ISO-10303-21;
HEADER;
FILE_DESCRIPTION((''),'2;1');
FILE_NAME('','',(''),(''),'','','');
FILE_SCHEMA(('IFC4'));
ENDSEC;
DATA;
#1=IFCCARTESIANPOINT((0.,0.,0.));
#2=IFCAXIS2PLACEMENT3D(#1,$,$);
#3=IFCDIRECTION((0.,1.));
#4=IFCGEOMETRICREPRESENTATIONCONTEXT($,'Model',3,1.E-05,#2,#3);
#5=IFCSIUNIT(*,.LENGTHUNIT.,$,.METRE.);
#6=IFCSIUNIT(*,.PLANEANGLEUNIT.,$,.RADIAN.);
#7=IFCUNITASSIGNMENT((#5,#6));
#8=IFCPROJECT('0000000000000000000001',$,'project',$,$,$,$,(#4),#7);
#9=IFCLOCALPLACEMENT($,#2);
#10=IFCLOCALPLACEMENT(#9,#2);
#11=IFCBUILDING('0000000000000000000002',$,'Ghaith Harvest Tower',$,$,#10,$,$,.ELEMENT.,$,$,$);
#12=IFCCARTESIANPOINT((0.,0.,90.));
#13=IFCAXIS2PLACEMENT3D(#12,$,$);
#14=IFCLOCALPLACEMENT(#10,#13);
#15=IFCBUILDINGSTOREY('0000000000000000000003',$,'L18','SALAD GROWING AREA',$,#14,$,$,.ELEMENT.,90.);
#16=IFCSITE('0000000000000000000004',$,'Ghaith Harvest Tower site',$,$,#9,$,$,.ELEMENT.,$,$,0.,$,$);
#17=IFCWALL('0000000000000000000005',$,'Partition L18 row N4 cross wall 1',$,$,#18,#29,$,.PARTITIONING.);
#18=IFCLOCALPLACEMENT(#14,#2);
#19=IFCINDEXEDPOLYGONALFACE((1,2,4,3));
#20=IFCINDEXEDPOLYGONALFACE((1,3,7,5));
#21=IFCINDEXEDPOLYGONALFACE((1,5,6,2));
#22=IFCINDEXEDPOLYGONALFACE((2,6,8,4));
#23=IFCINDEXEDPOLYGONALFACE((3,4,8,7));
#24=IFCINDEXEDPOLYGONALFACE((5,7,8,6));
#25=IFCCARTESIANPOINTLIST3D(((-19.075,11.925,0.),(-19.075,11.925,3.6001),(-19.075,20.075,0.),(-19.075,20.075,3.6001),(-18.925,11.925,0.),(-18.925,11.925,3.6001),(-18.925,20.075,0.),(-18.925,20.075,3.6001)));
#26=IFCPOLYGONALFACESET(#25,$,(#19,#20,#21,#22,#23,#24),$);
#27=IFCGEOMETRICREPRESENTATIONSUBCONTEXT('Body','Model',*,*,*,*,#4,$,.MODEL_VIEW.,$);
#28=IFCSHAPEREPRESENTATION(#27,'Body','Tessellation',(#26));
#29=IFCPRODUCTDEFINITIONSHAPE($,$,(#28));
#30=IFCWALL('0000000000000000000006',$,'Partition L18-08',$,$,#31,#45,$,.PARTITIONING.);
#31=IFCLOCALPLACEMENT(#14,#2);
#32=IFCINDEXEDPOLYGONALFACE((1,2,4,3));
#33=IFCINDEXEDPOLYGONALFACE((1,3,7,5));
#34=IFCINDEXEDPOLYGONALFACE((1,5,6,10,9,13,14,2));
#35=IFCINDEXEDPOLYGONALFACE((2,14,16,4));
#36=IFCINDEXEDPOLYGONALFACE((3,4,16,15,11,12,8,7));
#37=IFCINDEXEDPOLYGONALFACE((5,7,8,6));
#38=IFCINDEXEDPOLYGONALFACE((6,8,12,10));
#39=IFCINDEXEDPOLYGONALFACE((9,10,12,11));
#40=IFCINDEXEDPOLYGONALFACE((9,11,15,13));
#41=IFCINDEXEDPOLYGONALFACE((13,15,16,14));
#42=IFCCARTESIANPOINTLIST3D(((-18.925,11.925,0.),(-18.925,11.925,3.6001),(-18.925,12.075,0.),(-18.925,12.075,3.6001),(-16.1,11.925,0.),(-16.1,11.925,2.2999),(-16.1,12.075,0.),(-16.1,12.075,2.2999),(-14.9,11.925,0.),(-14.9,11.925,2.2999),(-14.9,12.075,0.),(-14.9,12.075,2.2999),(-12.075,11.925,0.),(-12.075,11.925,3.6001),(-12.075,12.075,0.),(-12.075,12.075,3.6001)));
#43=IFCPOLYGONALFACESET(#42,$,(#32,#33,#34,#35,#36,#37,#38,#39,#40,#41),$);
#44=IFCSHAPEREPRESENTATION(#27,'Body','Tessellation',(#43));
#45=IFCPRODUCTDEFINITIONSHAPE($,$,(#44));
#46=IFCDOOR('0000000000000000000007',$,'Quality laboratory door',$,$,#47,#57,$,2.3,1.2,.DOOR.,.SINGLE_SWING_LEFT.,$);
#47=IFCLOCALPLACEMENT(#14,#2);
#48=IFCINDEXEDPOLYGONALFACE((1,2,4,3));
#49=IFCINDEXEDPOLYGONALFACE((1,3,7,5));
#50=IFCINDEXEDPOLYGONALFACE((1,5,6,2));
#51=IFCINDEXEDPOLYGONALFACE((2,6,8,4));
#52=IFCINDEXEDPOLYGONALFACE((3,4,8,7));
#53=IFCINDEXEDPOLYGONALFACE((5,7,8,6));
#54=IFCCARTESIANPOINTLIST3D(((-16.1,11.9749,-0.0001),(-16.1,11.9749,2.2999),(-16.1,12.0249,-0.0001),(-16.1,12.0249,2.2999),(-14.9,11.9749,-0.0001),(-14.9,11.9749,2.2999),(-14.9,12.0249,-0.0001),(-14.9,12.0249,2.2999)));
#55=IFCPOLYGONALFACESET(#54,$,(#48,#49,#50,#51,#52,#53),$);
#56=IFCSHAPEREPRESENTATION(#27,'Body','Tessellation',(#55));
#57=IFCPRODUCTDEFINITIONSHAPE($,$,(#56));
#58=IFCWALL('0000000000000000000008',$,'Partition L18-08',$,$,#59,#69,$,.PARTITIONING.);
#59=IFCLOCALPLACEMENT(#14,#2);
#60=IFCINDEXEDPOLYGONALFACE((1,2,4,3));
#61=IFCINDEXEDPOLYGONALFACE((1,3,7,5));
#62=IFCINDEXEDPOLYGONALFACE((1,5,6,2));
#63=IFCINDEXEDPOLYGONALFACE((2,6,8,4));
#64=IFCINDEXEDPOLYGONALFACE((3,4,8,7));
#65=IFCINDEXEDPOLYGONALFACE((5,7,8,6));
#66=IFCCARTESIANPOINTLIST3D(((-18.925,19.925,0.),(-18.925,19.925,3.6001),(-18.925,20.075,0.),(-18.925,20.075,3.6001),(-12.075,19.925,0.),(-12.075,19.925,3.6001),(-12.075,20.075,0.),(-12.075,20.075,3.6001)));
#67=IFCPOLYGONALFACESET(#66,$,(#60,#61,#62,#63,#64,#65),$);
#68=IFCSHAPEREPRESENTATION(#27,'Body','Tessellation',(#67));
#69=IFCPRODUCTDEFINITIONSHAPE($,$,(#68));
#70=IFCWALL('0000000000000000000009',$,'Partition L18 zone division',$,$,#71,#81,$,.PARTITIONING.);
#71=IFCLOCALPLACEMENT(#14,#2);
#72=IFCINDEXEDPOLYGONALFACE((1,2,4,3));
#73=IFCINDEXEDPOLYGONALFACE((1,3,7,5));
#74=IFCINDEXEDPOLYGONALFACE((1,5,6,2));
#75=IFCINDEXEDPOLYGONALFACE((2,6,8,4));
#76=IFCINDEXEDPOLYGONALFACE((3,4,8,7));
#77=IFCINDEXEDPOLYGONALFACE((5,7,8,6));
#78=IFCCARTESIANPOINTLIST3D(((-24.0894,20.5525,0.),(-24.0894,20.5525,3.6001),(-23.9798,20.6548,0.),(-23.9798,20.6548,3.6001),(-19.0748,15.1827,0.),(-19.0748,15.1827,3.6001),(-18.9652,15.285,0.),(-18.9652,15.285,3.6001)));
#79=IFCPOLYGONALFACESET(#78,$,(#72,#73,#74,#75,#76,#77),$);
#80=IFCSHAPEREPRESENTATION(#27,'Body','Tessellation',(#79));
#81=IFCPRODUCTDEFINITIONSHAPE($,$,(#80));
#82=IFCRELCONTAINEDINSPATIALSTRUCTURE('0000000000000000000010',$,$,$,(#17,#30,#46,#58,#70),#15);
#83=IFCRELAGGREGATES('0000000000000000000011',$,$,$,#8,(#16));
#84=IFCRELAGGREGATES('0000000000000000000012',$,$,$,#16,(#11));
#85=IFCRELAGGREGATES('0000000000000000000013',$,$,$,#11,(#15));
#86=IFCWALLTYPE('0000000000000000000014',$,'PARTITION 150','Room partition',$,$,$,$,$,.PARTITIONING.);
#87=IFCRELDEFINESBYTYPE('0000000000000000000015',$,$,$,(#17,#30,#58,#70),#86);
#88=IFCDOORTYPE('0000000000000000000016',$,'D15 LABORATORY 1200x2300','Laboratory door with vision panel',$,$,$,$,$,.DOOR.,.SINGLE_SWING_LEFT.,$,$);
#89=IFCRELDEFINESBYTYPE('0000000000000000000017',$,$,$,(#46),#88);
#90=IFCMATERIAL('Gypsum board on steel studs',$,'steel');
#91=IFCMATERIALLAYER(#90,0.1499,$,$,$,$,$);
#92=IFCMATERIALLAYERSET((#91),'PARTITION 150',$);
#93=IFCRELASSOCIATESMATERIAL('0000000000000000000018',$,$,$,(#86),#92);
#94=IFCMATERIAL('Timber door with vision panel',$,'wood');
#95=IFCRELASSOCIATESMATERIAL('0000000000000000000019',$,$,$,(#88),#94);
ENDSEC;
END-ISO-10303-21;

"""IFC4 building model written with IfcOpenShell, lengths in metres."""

from ifc_helpers import new_model, si_unit, direction, frame, frame_2d, origin, place, context, subcontext, project, spatial, rectangle, extrude, material, layer, layer_set, type_object, element, fill, save


model = new_model("IFC4")

# Units and contexts
model_context = context("Model", 3, precision=1e-05, world=origin(), true_north=direction((0.0, 1.0)))
body_context = subcontext(model_context, "Body", "Model", "MODEL_VIEW")
ifc_project = project(units=[si_unit("LENGTHUNIT", "METRE"), si_unit("PLANEANGLEUNIT", "RADIAN")], contexts=[model_context])

# Site, building, storey
site_placement = place(None, origin())
site = spatial("IfcSite", under=ifc_project, at=site_placement, Name="Ghaith Harvest Tower site", CompositionType="ELEMENT", RefElevation=0.0)
building_placement = place(site_placement, origin())
building = spatial("IfcBuilding", under=site, at=building_placement, Name="Ghaith Harvest Tower", CompositionType="ELEMENT")
storey_placement = place(building_placement, frame((0.0, 0.0, 90.0)))
storey = spatial("IfcBuildingStorey", under=building, at=storey_placement, Name="L18", Description="SALAD GROWING AREA", CompositionType="ELEMENT", Elevation=90.0)

# Wall
ifc_material_1 = material(Name="Gypsum board on steel studs", Category="steel")
ifc_layer_1 = layer(ifc_material_1, 0.1499)
ifc_layer_set_1 = layer_set([ifc_layer_1], Name="PARTITION 150")
wall_type = type_object("IfcWallType", Name="PARTITION 150", Description="Room partition", PredefinedType="PARTITIONING", material=ifc_layer_set_1)
wall_1_placement = place(storey_placement, frame((-19.0, 11.925, 0.0), z_axis=(0.0, 0.0, 1.0), x_axis=(0.0, 1.0, 0.0)))
element("IfcWall", 1, at=wall_1_placement, inside=storey, type_object=wall_type, Name="Partition L18 row N4 cross wall 1", PredefinedType="PARTITIONING", context=body_context, shape_type="SweptSolid", body=[
    extrude(rectangle(XDim=8.1499, YDim=0.1499, at=frame_2d((4.075, 0.0))), origin(), (0.0, 0.0, 1.0), 3.6001),
])

# Wall, opening, door
wall_2_placement = place(storey_placement, frame((-18.925, 12.0, 0.0), z_axis=(0.0, 0.0, 1.0), x_axis=(1.0, 0.0, 0.0)))
wall_2 = element("IfcWall", 2, at=wall_2_placement, inside=storey, type_object=wall_type, Name="Partition L18-08", PredefinedType="PARTITIONING", context=body_context, shape_type="SweptSolid", body=[
    extrude(rectangle(XDim=6.8501, YDim=0.1499, at=frame_2d((3.425, 0.0))), origin(), (0.0, 0.0, 1.0), 3.6001),
])
opening_placement = place(wall_2_placement, frame((2.825, 0.0, 0.0)))
opening = element("IfcOpeningElement", 3, at=opening_placement, cuts=wall_2, PredefinedType="OPENING", context=body_context, shape_type="SweptSolid", body=[
    extrude(rectangle(XDim=1.2, YDim=2.3, at=frame_2d((0.6001, 1.1499))), frame((0.0, 0.085, 0.0), z_axis=(0.0, -1.0, 0.0), x_axis=(1.0, 0.0, 0.0)), (0.0, 0.0, 1.0), 0.1699),
])
ifc_material_2 = material(Name="Timber door with vision panel", Category="wood")
door_type = type_object("IfcDoorType", Name="D15 LABORATORY 1200x2300", Description="Laboratory door with vision panel", OperationType="SINGLE_SWING_LEFT", PredefinedType="DOOR", material=ifc_material_2)
door_placement = place(opening_placement, origin())
door = element("IfcDoor", 4, at=door_placement, inside=storey, type_object=door_type, Name="Quality laboratory door", OperationType="SINGLE_SWING_LEFT", OverallHeight=2.3, OverallWidth=1.2, PredefinedType="DOOR", context=body_context, shape_type="SweptSolid", body=[
    extrude(rectangle(XDim=1.2, YDim=2.3, at=frame_2d((0.6001, 1.1499))), frame((0.0, 0.0249, 0.0), z_axis=(0.0, -1.0, 0.0), x_axis=(1.0, 0.0, 0.0)), (0.0, 0.0, 1.0), 0.05),
])
fill(opening, door)

# Walls
wall_3_placement = place(storey_placement, frame((-18.925, 20.0, 0.0), z_axis=(0.0, 0.0, 1.0), x_axis=(1.0, 0.0, 0.0)))
element("IfcWall", 5, at=wall_3_placement, inside=storey, type_object=wall_type, Name="Partition L18-08", PredefinedType="PARTITIONING", context=body_context, shape_type="SweptSolid", body=[
    extrude(rectangle(XDim=6.8501, YDim=0.1499, at=frame_2d((3.425, 0.0))), origin(), (0.0, 0.0, 1.0), 3.6001),
])
wall_4_placement = place(storey_placement, frame((-19.02, 15.2339, 0.0), z_axis=(0.0, 0.0, 1.0), x_axis=(-0.682519, 0.730867, 0.0)))
element("IfcWall", 6, at=wall_4_placement, inside=storey, type_object=wall_type, Name="Partition L18 zone division", PredefinedType="PARTITIONING", context=body_context, shape_type="SweptSolid", body=[
    extrude(rectangle(XDim=7.3472, YDim=0.1499, at=frame_2d((3.6736, 0.0))), origin(), (0.0, 0.0, 1.0), 3.6001),
])

save(model, "model.ifc")
